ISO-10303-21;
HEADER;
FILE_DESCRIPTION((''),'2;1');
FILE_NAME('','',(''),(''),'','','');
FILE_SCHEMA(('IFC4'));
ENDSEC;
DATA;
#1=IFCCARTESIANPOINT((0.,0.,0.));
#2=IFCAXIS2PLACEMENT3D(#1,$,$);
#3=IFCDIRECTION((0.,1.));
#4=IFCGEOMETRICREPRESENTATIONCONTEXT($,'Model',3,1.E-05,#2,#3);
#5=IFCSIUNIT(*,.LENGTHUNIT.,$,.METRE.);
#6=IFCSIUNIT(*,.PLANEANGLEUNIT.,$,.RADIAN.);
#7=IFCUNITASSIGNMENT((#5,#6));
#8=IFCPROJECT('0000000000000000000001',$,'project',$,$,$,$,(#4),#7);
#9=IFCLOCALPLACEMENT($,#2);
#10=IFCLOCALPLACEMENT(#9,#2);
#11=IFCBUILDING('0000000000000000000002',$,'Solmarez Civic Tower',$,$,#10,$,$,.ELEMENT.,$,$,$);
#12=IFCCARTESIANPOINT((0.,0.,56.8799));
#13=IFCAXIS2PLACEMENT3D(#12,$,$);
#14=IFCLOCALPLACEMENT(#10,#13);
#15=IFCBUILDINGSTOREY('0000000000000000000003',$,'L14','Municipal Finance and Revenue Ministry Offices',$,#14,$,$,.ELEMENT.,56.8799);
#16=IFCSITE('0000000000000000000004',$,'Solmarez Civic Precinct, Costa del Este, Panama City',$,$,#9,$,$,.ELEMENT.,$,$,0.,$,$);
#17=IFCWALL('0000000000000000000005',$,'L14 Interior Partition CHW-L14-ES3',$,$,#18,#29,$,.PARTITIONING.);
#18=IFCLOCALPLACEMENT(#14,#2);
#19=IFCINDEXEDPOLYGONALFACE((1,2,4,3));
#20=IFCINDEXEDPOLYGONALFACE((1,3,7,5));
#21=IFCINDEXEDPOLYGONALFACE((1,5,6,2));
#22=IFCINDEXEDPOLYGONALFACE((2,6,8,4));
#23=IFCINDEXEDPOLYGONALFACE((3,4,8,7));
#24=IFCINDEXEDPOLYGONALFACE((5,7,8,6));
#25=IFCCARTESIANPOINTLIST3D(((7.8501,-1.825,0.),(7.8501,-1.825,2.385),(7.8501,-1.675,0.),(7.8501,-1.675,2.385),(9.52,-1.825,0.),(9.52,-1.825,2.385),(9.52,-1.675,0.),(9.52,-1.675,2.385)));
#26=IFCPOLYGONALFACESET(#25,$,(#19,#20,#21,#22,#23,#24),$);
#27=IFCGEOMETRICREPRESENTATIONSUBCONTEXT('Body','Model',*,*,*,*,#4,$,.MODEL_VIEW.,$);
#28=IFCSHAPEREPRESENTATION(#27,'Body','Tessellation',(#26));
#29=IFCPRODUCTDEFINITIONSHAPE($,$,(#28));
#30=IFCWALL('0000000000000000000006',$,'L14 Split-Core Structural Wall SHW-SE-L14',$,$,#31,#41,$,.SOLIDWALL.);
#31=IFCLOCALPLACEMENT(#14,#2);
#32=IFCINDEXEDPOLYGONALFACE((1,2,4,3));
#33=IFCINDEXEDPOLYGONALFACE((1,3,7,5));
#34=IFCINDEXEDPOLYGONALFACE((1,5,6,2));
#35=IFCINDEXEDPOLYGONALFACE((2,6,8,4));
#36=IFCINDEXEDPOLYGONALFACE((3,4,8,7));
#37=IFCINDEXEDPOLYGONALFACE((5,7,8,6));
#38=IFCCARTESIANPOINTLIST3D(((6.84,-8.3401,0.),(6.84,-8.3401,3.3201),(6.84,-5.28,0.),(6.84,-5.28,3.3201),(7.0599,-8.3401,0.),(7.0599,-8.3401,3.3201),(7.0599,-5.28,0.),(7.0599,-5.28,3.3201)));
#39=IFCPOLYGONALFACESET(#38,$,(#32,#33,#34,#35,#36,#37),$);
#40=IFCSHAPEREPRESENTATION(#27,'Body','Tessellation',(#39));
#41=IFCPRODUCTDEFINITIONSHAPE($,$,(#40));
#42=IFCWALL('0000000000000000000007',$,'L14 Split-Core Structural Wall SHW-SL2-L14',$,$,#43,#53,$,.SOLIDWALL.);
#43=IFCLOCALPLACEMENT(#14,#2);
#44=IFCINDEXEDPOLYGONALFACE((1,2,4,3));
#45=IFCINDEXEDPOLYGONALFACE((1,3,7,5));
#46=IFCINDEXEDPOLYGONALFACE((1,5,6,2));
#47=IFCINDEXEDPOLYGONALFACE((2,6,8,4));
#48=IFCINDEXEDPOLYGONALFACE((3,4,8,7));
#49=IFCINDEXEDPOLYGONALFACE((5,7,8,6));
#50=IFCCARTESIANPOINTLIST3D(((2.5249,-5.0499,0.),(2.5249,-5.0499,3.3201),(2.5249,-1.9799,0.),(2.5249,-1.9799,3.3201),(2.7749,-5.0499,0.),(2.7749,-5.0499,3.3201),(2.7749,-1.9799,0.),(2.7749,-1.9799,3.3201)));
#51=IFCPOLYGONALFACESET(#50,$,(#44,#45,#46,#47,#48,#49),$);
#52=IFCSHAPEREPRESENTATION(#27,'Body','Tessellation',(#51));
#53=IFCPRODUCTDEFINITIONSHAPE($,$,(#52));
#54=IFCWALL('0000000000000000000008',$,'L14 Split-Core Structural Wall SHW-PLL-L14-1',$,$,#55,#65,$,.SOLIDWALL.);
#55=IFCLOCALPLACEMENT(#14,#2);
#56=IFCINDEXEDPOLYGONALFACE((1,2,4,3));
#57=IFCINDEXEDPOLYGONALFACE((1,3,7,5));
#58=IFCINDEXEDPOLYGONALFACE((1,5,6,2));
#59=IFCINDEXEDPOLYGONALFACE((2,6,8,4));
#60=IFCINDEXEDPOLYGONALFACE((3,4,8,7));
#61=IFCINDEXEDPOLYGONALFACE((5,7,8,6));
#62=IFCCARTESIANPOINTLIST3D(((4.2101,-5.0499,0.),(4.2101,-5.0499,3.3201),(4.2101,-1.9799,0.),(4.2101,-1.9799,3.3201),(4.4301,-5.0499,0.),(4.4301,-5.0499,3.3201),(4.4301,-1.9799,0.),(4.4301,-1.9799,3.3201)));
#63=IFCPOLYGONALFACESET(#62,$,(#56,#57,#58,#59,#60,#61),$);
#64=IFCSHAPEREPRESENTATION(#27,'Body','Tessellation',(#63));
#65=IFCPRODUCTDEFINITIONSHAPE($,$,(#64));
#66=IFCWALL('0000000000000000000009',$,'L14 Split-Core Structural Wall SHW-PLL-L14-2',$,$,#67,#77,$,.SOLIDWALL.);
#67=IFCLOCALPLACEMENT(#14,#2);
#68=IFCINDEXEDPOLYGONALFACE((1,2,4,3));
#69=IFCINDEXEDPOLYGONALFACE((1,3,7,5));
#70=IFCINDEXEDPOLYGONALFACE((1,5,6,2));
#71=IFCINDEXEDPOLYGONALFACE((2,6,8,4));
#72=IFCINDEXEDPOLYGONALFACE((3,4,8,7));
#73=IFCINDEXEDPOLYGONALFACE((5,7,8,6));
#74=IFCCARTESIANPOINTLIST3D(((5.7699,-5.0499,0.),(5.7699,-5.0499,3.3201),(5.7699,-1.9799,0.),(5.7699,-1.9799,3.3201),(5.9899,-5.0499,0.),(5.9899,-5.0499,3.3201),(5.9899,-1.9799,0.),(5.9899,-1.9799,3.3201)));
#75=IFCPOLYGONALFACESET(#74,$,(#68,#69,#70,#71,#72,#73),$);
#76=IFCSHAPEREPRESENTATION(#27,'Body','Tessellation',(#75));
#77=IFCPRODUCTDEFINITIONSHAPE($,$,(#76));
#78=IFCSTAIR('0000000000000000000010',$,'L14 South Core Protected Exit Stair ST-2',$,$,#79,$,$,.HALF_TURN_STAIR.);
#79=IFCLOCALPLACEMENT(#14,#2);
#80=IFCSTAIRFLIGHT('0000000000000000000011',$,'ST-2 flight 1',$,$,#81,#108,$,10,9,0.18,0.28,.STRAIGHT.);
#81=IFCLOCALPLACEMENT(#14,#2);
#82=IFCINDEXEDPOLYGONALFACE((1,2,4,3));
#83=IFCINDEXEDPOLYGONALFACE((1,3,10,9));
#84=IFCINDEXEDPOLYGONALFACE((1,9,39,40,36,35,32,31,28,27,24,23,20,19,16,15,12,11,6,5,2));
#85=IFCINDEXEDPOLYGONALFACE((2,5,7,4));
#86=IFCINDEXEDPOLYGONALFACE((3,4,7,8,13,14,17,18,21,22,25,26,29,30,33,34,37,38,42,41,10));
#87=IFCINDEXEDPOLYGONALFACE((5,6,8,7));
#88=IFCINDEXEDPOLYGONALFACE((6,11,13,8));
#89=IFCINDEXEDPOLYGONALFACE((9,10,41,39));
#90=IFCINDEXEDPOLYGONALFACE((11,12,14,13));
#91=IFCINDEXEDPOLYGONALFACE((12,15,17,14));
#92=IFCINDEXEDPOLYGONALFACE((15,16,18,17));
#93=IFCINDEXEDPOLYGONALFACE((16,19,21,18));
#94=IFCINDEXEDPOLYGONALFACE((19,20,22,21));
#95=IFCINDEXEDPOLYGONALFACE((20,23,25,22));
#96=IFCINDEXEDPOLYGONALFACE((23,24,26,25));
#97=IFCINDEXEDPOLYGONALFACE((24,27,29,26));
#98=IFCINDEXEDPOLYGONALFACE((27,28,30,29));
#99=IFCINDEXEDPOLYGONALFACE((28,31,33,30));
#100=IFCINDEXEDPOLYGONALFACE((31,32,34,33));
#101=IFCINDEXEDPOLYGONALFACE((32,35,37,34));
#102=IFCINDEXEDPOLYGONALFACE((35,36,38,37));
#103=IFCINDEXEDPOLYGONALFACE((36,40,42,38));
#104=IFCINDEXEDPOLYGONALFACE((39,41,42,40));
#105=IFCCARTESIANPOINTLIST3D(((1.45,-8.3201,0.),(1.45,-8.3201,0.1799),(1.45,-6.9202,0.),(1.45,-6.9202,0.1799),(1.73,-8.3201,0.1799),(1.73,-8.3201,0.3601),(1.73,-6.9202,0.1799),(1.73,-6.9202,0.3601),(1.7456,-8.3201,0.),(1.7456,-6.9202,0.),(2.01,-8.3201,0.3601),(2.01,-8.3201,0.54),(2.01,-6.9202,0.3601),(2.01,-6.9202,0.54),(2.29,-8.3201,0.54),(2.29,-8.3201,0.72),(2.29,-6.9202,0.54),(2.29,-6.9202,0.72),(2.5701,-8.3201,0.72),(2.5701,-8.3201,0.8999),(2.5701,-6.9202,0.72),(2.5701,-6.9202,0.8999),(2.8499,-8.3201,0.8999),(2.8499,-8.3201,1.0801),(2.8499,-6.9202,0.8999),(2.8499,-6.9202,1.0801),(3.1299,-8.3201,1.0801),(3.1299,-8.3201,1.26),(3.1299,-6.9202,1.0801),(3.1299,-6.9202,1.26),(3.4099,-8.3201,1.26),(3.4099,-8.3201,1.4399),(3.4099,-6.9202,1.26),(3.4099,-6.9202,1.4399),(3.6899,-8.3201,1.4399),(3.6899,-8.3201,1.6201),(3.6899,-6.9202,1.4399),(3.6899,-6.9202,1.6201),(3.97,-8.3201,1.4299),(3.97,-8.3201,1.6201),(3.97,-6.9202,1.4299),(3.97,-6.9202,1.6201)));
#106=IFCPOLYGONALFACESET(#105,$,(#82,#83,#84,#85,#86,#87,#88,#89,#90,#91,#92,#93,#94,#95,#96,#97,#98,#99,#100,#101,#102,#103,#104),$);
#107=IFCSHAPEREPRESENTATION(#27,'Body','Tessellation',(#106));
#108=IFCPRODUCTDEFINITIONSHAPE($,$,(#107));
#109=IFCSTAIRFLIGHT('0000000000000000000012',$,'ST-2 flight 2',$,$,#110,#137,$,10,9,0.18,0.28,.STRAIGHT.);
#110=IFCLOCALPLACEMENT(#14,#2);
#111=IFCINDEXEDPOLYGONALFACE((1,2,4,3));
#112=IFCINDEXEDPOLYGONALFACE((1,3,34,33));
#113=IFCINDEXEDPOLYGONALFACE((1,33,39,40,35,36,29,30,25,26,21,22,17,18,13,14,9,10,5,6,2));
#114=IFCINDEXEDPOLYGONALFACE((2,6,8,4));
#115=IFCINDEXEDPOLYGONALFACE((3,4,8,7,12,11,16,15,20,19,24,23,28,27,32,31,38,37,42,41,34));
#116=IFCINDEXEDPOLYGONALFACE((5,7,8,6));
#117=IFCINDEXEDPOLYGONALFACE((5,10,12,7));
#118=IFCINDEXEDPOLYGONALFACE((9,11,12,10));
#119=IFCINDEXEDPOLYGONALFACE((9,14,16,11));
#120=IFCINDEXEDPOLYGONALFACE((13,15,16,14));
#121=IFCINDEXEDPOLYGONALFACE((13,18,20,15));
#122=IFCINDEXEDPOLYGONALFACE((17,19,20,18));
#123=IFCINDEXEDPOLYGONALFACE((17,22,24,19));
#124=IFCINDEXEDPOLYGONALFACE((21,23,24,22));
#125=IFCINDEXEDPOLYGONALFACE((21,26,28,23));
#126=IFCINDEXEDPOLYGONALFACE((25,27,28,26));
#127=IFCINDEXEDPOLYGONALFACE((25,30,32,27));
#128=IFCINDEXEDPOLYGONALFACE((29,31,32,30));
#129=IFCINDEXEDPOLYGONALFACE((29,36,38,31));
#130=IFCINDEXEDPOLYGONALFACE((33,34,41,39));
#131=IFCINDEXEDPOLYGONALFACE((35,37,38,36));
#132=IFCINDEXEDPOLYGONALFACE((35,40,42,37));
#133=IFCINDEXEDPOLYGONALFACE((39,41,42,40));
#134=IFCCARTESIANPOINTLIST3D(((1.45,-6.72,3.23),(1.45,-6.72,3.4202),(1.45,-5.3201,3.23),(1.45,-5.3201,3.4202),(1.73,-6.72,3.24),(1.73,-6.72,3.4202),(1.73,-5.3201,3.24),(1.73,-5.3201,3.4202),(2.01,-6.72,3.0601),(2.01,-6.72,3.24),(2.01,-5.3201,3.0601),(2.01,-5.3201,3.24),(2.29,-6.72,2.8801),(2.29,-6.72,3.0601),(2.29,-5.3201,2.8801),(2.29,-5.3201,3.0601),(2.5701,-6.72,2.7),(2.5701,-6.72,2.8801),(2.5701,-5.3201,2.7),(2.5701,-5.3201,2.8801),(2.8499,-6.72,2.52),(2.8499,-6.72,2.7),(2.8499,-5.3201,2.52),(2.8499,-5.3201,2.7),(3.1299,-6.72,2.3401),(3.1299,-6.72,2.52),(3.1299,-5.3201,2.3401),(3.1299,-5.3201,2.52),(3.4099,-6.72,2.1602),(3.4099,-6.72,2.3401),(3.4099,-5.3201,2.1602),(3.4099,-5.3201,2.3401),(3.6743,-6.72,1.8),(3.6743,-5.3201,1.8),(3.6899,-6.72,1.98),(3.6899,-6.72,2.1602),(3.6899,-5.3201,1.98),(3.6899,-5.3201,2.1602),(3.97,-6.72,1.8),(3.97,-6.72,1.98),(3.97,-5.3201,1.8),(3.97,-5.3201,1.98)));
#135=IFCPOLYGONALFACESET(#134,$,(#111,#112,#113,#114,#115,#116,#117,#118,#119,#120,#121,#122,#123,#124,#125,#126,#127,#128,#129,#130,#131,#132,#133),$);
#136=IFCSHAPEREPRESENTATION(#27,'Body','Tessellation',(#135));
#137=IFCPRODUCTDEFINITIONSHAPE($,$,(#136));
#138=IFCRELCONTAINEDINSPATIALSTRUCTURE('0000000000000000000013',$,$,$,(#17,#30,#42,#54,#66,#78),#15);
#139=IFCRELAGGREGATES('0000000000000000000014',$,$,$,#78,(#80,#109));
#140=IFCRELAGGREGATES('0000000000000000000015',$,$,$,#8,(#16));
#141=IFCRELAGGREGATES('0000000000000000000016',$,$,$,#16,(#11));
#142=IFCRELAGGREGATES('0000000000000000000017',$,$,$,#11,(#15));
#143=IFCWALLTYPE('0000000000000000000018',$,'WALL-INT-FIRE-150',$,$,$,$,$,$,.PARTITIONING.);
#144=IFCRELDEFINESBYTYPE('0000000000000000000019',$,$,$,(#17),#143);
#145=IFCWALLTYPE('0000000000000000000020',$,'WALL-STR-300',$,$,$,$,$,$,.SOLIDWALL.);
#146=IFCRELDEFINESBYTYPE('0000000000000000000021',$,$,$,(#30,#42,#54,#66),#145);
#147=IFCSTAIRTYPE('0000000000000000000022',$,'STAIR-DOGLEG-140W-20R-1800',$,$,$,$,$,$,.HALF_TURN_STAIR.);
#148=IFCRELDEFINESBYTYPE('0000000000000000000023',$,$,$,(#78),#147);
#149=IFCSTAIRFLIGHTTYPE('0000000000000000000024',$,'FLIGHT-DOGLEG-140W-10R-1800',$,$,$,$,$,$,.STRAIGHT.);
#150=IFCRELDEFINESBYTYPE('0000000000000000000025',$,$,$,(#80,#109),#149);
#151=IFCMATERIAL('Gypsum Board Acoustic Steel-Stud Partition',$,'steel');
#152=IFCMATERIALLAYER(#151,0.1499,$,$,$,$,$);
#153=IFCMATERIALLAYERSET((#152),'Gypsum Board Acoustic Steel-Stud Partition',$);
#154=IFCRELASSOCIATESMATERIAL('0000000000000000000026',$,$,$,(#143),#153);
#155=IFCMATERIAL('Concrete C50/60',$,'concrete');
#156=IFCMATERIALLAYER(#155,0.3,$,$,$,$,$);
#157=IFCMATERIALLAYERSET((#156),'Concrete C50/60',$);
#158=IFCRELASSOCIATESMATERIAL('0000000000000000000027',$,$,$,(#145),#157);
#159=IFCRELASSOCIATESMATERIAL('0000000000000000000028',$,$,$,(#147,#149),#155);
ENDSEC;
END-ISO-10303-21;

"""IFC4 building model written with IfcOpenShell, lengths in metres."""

from ifc_helpers import new_model, si_unit, direction, frame, frame_2d, origin, place, context, subcontext, project, spatial, polyline, rectangle, outline, extrude, material, layer, layer_set, type_object, element, aggregate, save


model = new_model("IFC4")

# Units and contexts
model_context = context("Model", 3, precision=1e-05, world=origin(), true_north=direction((0.0, 1.0)))
body_context = subcontext(model_context, "Body", "Model", "MODEL_VIEW")
ifc_project = project(units=[si_unit("LENGTHUNIT", "METRE"), si_unit("PLANEANGLEUNIT", "RADIAN")], contexts=[model_context])

# Site, building, storey
site_placement = place(None, origin())
site = spatial("IfcSite", under=ifc_project, at=site_placement, Name="Solmarez Civic Precinct, Costa del Este, Panama City", CompositionType="ELEMENT", RefElevation=0.0)
building_placement = place(site_placement, origin())
building = spatial("IfcBuilding", under=site, at=building_placement, Name="Solmarez Civic Tower", CompositionType="ELEMENT")
storey_placement = place(building_placement, frame((0.0, 0.0, 56.8799)))
storey = spatial("IfcBuildingStorey", under=building, at=storey_placement, Name="L14", Description="Municipal Finance and Revenue Ministry Offices", CompositionType="ELEMENT", Elevation=56.8799)

# Shared definitions
ifc_material_1 = material(Name="Concrete C50/60", Category="concrete")

# Walls
ifc_material_2 = material(Name="Gypsum Board Acoustic Steel-Stud Partition", Category="steel")
ifc_layer_1 = layer(ifc_material_2, 0.1499)
ifc_layer_set_1 = layer_set([ifc_layer_1], Name="Gypsum Board Acoustic Steel-Stud Partition")
wall_type_1 = type_object("IfcWallType", Name="WALL-INT-FIRE-150", PredefinedType="PARTITIONING", material=ifc_layer_set_1)
wall_1_placement = place(storey_placement, frame((7.8501, -1.75, 0.0), z_axis=(0.0, 0.0, 1.0), x_axis=(1.0, 0.0, 0.0)))
element("IfcWall", 1, at=wall_1_placement, inside=storey, type_object=wall_type_1, Name="L14 Interior Partition CHW-L14-ES3", PredefinedType="PARTITIONING", context=body_context, shape_type="SweptSolid", body=[
    extrude(rectangle(XDim=1.6699, YDim=0.1499, at=frame_2d((0.835, 0.0))), origin(), (0.0, 0.0, 1.0), 2.385),
])
ifc_layer_2 = layer(ifc_material_1, 0.3)
ifc_layer_set_2 = layer_set([ifc_layer_2], Name="Concrete C50/60")
wall_type_2 = type_object("IfcWallType", Name="WALL-STR-300", PredefinedType="SOLIDWALL", material=ifc_layer_set_2)
wall_2_placement = place(storey_placement, frame((6.95, -8.3401, 0.0), z_axis=(0.0, 0.0, 1.0), x_axis=(0.0, 1.0, 0.0)))
element("IfcWall", 2, at=wall_2_placement, inside=storey, type_object=wall_type_2, Name="L14 Split-Core Structural Wall SHW-SE-L14", PredefinedType="SOLIDWALL", context=body_context, shape_type="SweptSolid", body=[
    extrude(rectangle(XDim=3.0601, YDim=0.22, at=frame_2d((1.53, 0.0))), origin(), (0.0, 0.0, 1.0), 3.3201),
])
wall_3_placement = place(storey_placement, frame((2.6499, -5.05, 0.0), z_axis=(0.0, 0.0, 1.0), x_axis=(0.0, 1.0, 0.0)))
element("IfcWall", 3, at=wall_3_placement, inside=storey, type_object=wall_type_2, Name="L14 Split-Core Structural Wall SHW-SL2-L14", PredefinedType="SOLIDWALL", context=body_context, shape_type="SweptSolid", body=[
    extrude(rectangle(XDim=3.0701, YDim=0.25, at=frame_2d((1.5352, 0.0))), origin(), (0.0, 0.0, 1.0), 3.3201),
])
for number, where, z_axis, x_axis, name in (
    (4, (4.3201, -5.05, 0.0), (0.0, 0.0, 1.0), (0.0, 1.0, 0.0), "L14 Split-Core Structural Wall SHW-PLL-L14-1"),
    (5, (5.8799, -5.05, 0.0), (0.0, 0.0, 1.0), (0.0, 1.0, 0.0), "L14 Split-Core Structural Wall SHW-PLL-L14-2"),
):
    element("IfcWall", number, at=place(storey_placement, frame(where, z_axis=z_axis, x_axis=x_axis)), inside=storey, type_object=wall_type_2, Name=name, PredefinedType="SOLIDWALL", context=body_context, shape_type="SweptSolid", body=[
        extrude(rectangle(XDim=3.0701, YDim=0.22, at=frame_2d((1.5352, 0.0))), origin(), (0.0, 0.0, 1.0), 3.3201),
    ])

# Stair, stair flights
stair_type = type_object("IfcStairType", Name="STAIR-DOGLEG-140W-20R-1800", PredefinedType="HALF_TURN_STAIR", material=ifc_material_1)
stair_placement = place(storey_placement, origin())
stair = element("IfcStair", 6, at=stair_placement, inside=storey, type_object=stair_type, Name="L14 South Core Protected Exit Stair ST-2", PredefinedType="HALF_TURN_STAIR")
stair_flight_type = type_object("IfcStairFlightType", Name="FLIGHT-DOGLEG-140W-10R-1800", PredefinedType="STRAIGHT", material=ifc_material_1)
stair_flight_1_placement = place(storey_placement, frame((1.45, -7.6201, 0.0), z_axis=(0.0, 0.0, 1.0), x_axis=(1.0, 0.0, 0.0)))
stair_flight_1 = element("IfcStairFlight", 7, at=stair_flight_1_placement, type_object=stair_flight_type, Name="ST-2 flight 1", NumberOfRisers=10, NumberOfTreads=9, PredefinedType="STRAIGHT", RiserHeight=0.18, TreadLength=0.28, context=body_context, shape_type="SweptSolid", body=[
    extrude(outline(polyline([(0.0, 0.0), (0.0, 0.1799), (0.28, 0.1799), (0.28, 0.3601), (0.5601, 0.3601), (0.5601, 0.54), (0.8401, 0.54), (0.8401, 0.72), (1.1201, 0.72), (1.1201, 0.8999), (1.3999, 0.8999), (1.3999, 1.0801), (1.6799, 1.0801), (1.6799, 1.26), (1.96, 1.26), (1.96, 1.4399), (2.24, 1.4399), (2.24, 1.6201), (2.52, 1.6201), (2.52, 1.8), (2.52, 1.4299), (0.2957, 0.0), (0.0, 0.0)])), frame((0.0, 0.7, 0.0), z_axis=(0.0, -1.0, 0.0), x_axis=(1.0, 0.0, 0.0)), (0.0, 0.0, 1.0), 1.3999),
])
stair_flight_2_placement = place(storey_placement, frame((3.97, -6.02, 1.8), z_axis=(0.0, 0.0, 1.0), x_axis=(-1.0, 0.0, 0.0)))
stair_flight_2 = element("IfcStairFlight", 8, at=stair_flight_2_placement, type_object=stair_flight_type, Name="ST-2 flight 2", NumberOfRisers=10, NumberOfTreads=9, PredefinedType="STRAIGHT", RiserHeight=0.18, TreadLength=0.28, context=body_context, shape_type="SweptSolid", body=[
    extrude(outline(polyline([(0.0, 0.0), (0.0, 0.1799), (0.28, 0.1799), (0.28, 0.3601), (0.5601, 0.3601), (0.5601, 0.54), (0.8401, 0.54), (0.8401, 0.72), (1.1201, 0.72), (1.1201, 0.8999), (1.3999, 0.8999), (1.3999, 1.0801), (1.6799, 1.0801), (1.6799, 1.26), (1.96, 1.26), (1.96, 1.4399), (2.24, 1.4399), (2.24, 1.6201), (2.52, 1.6201), (2.52, 1.8), (2.52, 1.4299), (0.2957, 0.0), (0.0, 0.0)])), frame((0.0, 0.7, 0.0), z_axis=(0.0, -1.0, 0.0), x_axis=(1.0, 0.0, 0.0)), (0.0, 0.0, 1.0), 1.3999),
])
aggregate(stair, [stair_flight_1, stair_flight_2])

save(model, "model.ifc")
